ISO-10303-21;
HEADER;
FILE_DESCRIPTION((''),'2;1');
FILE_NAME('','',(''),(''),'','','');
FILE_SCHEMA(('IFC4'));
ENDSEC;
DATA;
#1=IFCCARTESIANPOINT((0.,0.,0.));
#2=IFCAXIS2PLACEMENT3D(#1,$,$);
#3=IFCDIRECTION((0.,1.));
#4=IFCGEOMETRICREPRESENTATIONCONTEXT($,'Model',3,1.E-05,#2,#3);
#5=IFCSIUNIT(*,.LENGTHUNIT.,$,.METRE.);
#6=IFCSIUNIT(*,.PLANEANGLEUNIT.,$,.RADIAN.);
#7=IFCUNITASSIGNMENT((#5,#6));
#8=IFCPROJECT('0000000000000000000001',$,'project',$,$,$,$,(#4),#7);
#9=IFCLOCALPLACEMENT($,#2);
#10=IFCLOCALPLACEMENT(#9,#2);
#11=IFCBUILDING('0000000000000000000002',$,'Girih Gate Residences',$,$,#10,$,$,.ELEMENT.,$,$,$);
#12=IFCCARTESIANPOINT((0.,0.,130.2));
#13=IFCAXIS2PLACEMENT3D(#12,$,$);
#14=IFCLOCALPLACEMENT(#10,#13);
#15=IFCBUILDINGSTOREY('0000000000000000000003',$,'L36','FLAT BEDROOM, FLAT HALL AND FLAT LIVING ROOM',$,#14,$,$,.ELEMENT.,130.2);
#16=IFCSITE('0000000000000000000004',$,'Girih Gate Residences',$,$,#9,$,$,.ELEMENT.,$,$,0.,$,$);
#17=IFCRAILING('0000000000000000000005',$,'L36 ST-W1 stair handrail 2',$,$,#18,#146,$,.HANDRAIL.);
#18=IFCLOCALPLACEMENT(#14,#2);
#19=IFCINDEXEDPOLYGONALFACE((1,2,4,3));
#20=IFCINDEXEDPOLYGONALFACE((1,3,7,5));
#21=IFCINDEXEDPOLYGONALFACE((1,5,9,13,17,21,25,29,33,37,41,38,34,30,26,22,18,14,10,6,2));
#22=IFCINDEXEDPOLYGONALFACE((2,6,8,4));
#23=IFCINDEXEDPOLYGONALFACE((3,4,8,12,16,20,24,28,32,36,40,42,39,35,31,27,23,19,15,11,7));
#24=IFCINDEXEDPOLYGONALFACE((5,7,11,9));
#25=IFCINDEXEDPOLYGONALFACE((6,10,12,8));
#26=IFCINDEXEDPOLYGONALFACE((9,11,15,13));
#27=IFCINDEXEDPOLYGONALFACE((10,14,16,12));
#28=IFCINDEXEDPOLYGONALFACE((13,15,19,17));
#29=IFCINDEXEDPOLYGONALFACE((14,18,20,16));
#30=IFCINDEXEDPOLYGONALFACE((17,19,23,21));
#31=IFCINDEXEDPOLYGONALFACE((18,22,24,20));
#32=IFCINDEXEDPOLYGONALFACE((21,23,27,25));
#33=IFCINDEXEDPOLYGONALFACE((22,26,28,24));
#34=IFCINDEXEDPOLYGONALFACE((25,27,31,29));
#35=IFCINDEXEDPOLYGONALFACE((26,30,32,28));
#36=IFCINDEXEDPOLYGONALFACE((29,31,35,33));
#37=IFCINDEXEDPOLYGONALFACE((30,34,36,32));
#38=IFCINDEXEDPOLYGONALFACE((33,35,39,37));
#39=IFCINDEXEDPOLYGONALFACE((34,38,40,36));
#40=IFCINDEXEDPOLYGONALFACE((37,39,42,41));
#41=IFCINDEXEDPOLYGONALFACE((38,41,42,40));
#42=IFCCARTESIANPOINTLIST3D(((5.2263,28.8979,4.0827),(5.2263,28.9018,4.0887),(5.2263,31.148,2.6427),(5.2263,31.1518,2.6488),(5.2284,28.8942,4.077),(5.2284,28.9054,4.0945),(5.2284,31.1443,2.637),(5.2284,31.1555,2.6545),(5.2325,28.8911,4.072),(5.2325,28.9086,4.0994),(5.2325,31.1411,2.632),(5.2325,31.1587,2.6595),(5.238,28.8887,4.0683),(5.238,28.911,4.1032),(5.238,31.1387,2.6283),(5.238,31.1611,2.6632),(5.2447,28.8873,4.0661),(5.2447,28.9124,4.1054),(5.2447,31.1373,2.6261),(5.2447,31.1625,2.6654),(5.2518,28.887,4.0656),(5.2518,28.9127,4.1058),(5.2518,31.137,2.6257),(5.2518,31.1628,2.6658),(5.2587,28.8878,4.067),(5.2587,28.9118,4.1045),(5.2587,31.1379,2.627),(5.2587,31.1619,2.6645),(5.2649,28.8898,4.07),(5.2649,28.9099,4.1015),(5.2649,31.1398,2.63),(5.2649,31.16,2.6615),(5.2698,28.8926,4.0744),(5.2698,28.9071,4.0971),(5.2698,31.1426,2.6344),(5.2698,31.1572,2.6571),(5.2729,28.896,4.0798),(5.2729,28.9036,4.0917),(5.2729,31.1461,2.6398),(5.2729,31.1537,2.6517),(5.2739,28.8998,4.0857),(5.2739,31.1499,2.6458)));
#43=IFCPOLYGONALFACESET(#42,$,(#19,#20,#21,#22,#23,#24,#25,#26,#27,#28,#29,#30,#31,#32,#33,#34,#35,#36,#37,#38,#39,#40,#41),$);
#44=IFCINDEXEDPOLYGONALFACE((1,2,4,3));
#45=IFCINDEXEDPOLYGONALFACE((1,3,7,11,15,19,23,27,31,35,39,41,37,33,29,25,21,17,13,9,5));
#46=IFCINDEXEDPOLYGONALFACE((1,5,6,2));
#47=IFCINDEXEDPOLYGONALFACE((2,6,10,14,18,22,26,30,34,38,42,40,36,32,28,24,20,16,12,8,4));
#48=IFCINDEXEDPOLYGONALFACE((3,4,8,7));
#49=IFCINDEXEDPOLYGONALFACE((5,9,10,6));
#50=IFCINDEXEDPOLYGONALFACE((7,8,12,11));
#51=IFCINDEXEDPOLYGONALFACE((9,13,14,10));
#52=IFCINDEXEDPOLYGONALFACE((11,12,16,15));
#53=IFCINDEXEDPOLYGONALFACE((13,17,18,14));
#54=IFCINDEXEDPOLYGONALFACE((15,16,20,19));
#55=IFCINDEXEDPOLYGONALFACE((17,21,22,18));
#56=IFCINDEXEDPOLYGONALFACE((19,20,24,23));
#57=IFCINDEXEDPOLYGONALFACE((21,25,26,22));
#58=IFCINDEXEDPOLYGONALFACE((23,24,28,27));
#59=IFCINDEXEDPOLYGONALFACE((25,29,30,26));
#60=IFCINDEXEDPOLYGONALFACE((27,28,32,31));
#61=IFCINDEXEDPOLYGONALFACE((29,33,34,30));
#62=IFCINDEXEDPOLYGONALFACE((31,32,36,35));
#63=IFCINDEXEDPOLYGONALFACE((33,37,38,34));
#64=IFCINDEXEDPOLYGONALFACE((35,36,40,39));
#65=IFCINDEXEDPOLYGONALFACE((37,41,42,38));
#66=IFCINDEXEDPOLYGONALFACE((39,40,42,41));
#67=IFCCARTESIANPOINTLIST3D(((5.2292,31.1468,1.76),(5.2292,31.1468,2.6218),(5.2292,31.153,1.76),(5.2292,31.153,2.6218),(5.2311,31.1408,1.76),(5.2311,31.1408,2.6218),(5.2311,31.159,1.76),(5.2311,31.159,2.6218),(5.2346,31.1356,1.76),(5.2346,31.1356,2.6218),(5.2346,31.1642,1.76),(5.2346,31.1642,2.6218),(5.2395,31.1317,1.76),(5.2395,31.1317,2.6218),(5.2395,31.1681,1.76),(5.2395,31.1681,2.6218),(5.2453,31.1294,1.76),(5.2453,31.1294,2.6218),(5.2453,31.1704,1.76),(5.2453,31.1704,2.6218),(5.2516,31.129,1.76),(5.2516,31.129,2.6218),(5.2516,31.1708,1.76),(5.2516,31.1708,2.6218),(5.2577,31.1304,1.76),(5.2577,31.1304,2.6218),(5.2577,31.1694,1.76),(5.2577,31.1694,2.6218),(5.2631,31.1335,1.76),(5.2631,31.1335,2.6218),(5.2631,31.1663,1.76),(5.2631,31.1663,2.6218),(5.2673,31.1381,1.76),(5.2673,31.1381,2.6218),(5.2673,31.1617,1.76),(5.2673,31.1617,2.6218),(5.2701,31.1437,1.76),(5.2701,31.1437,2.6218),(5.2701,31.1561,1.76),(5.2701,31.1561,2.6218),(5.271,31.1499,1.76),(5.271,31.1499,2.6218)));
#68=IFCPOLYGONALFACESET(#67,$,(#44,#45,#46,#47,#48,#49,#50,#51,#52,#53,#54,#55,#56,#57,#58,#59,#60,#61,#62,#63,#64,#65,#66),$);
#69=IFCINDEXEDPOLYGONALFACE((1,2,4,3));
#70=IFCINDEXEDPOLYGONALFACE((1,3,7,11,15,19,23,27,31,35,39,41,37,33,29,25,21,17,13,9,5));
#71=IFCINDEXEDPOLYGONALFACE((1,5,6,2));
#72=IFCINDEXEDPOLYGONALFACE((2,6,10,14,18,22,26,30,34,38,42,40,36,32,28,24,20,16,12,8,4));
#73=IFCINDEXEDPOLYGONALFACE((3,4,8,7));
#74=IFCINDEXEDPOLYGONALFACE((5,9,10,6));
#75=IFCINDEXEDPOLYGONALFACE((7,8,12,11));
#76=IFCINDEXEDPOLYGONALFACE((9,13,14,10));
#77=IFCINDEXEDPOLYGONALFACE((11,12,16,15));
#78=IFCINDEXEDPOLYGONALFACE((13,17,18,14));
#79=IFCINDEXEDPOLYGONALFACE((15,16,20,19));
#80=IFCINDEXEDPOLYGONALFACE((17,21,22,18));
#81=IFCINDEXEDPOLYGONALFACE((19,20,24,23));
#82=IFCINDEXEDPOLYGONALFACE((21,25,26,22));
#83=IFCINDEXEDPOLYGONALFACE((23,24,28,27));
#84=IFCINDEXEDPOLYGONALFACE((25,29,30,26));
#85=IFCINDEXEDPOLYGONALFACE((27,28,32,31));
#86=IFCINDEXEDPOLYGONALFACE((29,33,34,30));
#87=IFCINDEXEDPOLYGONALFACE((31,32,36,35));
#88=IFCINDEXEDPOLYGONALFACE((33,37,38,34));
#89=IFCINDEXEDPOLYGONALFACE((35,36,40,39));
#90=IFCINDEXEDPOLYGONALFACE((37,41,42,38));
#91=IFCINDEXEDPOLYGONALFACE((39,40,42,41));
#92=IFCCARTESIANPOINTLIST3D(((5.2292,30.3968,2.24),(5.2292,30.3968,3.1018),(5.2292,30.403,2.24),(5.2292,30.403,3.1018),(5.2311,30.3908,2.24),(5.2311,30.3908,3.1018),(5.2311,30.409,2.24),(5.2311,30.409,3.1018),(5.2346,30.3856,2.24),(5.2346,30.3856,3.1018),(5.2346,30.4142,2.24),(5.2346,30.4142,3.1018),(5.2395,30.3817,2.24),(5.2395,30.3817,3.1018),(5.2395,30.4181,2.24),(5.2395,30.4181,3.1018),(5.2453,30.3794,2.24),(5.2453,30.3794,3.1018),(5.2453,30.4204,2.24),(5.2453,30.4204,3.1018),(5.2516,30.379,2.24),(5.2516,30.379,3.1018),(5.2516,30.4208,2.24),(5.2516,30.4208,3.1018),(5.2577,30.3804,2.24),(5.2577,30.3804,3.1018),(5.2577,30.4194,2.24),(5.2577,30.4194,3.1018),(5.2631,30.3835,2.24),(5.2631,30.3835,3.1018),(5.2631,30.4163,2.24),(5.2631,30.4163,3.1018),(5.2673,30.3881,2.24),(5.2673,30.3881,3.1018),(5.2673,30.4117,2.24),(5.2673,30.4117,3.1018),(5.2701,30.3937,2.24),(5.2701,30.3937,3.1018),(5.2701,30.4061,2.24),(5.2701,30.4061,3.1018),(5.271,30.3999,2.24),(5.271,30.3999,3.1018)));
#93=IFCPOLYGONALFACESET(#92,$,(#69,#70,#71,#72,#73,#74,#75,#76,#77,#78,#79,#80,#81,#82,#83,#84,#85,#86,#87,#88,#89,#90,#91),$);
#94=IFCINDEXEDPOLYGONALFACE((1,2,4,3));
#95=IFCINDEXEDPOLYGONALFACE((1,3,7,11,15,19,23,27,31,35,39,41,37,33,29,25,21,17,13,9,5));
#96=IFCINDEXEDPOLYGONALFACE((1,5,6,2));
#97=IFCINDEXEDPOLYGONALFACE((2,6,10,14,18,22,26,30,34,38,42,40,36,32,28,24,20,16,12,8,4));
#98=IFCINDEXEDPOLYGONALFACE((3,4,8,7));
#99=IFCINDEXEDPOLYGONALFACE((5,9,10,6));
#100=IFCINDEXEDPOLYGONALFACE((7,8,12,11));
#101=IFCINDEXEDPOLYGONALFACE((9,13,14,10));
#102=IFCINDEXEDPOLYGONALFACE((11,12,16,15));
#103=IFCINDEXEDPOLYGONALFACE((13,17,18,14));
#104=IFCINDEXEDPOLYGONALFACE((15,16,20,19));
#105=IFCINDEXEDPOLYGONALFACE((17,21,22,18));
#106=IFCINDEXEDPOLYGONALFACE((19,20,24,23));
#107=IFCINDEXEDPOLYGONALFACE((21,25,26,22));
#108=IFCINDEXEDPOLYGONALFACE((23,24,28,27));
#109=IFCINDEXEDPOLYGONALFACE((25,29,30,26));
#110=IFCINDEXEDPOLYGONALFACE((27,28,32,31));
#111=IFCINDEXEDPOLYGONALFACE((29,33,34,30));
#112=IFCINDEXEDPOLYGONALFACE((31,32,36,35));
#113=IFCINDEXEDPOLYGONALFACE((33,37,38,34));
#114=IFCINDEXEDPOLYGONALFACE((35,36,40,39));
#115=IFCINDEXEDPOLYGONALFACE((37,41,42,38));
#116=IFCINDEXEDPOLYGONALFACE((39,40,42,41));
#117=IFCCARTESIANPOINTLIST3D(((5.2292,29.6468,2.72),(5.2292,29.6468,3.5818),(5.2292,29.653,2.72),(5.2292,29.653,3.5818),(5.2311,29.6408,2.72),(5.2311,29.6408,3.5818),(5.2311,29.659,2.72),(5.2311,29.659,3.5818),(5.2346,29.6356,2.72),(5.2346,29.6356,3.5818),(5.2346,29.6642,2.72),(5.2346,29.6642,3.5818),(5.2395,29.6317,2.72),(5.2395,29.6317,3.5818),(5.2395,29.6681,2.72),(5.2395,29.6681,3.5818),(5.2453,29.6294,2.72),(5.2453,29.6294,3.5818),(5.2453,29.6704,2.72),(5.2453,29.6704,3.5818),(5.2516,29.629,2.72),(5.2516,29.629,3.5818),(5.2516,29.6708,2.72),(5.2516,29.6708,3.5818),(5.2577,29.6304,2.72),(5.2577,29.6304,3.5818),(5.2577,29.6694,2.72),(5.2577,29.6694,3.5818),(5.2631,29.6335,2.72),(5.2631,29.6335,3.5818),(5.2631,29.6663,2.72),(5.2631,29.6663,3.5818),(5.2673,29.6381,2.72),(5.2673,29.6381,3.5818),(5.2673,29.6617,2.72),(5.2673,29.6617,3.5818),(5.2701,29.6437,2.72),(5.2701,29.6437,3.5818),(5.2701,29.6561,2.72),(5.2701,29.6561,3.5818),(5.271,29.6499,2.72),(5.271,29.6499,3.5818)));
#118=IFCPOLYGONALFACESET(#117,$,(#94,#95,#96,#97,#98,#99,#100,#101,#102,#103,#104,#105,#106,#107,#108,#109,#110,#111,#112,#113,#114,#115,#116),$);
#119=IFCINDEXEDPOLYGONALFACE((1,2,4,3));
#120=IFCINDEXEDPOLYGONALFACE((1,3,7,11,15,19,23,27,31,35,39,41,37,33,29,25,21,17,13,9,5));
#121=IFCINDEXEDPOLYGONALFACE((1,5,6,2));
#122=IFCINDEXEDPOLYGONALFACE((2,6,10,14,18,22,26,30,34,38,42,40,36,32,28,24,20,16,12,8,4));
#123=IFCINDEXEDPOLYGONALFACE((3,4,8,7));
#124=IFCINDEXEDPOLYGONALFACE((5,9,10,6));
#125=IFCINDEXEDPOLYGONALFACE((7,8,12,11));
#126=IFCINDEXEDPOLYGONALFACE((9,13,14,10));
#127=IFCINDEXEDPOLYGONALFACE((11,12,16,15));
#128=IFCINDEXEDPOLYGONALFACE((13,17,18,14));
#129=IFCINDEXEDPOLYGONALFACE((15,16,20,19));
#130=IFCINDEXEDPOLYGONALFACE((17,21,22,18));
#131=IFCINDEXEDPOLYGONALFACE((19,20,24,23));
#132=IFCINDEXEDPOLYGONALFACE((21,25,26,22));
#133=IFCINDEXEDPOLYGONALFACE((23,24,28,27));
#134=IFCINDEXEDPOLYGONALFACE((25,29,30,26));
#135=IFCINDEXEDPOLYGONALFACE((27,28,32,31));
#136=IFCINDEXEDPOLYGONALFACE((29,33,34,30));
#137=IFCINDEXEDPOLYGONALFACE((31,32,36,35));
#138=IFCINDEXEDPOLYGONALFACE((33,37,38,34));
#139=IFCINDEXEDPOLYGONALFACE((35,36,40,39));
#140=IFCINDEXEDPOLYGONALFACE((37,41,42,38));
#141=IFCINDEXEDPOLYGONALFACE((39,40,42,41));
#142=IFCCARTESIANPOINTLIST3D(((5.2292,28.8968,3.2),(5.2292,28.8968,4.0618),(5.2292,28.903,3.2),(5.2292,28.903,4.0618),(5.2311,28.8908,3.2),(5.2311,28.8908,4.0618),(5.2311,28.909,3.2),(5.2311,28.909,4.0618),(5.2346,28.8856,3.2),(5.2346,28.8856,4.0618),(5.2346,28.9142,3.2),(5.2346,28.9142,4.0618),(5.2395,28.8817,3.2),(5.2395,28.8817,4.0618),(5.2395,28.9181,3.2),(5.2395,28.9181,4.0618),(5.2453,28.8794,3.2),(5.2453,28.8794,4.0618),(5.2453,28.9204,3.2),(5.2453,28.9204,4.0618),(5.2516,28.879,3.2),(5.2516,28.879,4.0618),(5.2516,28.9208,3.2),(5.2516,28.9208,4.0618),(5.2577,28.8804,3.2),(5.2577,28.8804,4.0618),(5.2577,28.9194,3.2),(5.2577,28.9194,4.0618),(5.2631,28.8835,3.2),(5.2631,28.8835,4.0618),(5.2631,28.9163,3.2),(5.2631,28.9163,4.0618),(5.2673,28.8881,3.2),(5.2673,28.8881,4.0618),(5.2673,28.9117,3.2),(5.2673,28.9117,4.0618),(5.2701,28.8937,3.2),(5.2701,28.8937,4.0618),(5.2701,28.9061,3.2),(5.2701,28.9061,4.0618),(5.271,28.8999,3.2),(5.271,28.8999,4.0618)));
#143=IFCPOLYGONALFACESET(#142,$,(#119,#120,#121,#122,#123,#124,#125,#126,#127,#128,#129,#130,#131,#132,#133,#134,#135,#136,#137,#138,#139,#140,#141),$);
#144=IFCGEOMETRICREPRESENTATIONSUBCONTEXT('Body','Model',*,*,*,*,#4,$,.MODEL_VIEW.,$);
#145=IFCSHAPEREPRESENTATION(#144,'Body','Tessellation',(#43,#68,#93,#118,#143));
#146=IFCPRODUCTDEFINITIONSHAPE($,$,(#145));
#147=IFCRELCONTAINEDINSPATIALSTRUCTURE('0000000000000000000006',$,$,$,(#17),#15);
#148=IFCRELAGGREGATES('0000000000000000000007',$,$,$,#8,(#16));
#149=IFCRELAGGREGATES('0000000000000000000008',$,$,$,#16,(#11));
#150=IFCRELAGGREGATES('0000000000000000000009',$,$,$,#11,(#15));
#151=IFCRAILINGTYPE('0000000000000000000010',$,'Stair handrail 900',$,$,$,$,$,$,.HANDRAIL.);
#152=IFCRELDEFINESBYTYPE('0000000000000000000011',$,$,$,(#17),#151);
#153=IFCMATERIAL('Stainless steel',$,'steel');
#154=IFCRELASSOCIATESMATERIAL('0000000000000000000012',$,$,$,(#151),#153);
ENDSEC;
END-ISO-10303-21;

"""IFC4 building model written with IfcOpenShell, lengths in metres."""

from ifc_helpers import new_model, si_unit, direction, frame, origin, origin_2d, place, context, subcontext, project, spatial, circle, extrude, material, type_object, element, save


model = new_model("IFC4")

# Units and contexts
model_context = context("Model", 3, precision=1e-05, world=origin(), true_north=direction((0.0, 1.0)))
body_context = subcontext(model_context, "Body", "Model", "MODEL_VIEW")
ifc_project = project(units=[si_unit("LENGTHUNIT", "METRE"), si_unit("PLANEANGLEUNIT", "RADIAN")], contexts=[model_context])

# Site, building, storey
site_placement = place(None, origin())
site = spatial("IfcSite", under=ifc_project, at=site_placement, Name="Girih Gate Residences", CompositionType="ELEMENT", RefElevation=0.0)
building_placement = place(site_placement, origin())
building = spatial("IfcBuilding", under=site, at=building_placement, Name="Girih Gate Residences", CompositionType="ELEMENT")
storey_placement = place(building_placement, frame((0.0, 0.0, 130.2)))
storey = spatial("IfcBuildingStorey", under=building, at=storey_placement, Name="L36", Description="FLAT BEDROOM, FLAT HALL AND FLAT LIVING ROOM", CompositionType="ELEMENT", Elevation=130.2)

# Railing
ifc_material_1 = material(Name="Stainless steel", Category="steel")
railing_type_1 = type_object("IfcRailingType", Name="Stair handrail 900", PredefinedType="HANDRAIL", material=ifc_material_1)
railing_1_placement = place(storey_placement, frame((5.25, 31.1499, 1.76)))
element("IfcRailing", 1, at=railing_1_placement, inside=storey, type_object=railing_type_1, Name="L36 ST-W1 stair handrail 2", PredefinedType="HANDRAIL", context=body_context, shape_type="SweptSolid", body=[
    extrude(circle(Radius=0.0239, at=origin_2d()), frame((0.0, 0.0, 0.8857), z_axis=(0.0, -0.842281, 0.539038), x_axis=(1.0, 0.0, 0.0)), (0.0, 0.0, 1.0), 2.6714),
    extrude(circle(Radius=0.021, at=origin_2d()), origin(), (0.0, 0.0, 1.0), 0.8618),
    extrude(circle(Radius=0.021, at=origin_2d()), frame((0.0, -0.75, 0.48)), (0.0, 0.0, 1.0), 0.8618),
    extrude(circle(Radius=0.021, at=origin_2d()), frame((0.0, -1.5, 0.96)), (0.0, 0.0, 1.0), 0.8618),
    extrude(circle(Radius=0.021, at=origin_2d()), frame((0.0, -2.25, 1.4399)), (0.0, 0.0, 1.0), 0.8618),
])

save(model, "model.ifc")
